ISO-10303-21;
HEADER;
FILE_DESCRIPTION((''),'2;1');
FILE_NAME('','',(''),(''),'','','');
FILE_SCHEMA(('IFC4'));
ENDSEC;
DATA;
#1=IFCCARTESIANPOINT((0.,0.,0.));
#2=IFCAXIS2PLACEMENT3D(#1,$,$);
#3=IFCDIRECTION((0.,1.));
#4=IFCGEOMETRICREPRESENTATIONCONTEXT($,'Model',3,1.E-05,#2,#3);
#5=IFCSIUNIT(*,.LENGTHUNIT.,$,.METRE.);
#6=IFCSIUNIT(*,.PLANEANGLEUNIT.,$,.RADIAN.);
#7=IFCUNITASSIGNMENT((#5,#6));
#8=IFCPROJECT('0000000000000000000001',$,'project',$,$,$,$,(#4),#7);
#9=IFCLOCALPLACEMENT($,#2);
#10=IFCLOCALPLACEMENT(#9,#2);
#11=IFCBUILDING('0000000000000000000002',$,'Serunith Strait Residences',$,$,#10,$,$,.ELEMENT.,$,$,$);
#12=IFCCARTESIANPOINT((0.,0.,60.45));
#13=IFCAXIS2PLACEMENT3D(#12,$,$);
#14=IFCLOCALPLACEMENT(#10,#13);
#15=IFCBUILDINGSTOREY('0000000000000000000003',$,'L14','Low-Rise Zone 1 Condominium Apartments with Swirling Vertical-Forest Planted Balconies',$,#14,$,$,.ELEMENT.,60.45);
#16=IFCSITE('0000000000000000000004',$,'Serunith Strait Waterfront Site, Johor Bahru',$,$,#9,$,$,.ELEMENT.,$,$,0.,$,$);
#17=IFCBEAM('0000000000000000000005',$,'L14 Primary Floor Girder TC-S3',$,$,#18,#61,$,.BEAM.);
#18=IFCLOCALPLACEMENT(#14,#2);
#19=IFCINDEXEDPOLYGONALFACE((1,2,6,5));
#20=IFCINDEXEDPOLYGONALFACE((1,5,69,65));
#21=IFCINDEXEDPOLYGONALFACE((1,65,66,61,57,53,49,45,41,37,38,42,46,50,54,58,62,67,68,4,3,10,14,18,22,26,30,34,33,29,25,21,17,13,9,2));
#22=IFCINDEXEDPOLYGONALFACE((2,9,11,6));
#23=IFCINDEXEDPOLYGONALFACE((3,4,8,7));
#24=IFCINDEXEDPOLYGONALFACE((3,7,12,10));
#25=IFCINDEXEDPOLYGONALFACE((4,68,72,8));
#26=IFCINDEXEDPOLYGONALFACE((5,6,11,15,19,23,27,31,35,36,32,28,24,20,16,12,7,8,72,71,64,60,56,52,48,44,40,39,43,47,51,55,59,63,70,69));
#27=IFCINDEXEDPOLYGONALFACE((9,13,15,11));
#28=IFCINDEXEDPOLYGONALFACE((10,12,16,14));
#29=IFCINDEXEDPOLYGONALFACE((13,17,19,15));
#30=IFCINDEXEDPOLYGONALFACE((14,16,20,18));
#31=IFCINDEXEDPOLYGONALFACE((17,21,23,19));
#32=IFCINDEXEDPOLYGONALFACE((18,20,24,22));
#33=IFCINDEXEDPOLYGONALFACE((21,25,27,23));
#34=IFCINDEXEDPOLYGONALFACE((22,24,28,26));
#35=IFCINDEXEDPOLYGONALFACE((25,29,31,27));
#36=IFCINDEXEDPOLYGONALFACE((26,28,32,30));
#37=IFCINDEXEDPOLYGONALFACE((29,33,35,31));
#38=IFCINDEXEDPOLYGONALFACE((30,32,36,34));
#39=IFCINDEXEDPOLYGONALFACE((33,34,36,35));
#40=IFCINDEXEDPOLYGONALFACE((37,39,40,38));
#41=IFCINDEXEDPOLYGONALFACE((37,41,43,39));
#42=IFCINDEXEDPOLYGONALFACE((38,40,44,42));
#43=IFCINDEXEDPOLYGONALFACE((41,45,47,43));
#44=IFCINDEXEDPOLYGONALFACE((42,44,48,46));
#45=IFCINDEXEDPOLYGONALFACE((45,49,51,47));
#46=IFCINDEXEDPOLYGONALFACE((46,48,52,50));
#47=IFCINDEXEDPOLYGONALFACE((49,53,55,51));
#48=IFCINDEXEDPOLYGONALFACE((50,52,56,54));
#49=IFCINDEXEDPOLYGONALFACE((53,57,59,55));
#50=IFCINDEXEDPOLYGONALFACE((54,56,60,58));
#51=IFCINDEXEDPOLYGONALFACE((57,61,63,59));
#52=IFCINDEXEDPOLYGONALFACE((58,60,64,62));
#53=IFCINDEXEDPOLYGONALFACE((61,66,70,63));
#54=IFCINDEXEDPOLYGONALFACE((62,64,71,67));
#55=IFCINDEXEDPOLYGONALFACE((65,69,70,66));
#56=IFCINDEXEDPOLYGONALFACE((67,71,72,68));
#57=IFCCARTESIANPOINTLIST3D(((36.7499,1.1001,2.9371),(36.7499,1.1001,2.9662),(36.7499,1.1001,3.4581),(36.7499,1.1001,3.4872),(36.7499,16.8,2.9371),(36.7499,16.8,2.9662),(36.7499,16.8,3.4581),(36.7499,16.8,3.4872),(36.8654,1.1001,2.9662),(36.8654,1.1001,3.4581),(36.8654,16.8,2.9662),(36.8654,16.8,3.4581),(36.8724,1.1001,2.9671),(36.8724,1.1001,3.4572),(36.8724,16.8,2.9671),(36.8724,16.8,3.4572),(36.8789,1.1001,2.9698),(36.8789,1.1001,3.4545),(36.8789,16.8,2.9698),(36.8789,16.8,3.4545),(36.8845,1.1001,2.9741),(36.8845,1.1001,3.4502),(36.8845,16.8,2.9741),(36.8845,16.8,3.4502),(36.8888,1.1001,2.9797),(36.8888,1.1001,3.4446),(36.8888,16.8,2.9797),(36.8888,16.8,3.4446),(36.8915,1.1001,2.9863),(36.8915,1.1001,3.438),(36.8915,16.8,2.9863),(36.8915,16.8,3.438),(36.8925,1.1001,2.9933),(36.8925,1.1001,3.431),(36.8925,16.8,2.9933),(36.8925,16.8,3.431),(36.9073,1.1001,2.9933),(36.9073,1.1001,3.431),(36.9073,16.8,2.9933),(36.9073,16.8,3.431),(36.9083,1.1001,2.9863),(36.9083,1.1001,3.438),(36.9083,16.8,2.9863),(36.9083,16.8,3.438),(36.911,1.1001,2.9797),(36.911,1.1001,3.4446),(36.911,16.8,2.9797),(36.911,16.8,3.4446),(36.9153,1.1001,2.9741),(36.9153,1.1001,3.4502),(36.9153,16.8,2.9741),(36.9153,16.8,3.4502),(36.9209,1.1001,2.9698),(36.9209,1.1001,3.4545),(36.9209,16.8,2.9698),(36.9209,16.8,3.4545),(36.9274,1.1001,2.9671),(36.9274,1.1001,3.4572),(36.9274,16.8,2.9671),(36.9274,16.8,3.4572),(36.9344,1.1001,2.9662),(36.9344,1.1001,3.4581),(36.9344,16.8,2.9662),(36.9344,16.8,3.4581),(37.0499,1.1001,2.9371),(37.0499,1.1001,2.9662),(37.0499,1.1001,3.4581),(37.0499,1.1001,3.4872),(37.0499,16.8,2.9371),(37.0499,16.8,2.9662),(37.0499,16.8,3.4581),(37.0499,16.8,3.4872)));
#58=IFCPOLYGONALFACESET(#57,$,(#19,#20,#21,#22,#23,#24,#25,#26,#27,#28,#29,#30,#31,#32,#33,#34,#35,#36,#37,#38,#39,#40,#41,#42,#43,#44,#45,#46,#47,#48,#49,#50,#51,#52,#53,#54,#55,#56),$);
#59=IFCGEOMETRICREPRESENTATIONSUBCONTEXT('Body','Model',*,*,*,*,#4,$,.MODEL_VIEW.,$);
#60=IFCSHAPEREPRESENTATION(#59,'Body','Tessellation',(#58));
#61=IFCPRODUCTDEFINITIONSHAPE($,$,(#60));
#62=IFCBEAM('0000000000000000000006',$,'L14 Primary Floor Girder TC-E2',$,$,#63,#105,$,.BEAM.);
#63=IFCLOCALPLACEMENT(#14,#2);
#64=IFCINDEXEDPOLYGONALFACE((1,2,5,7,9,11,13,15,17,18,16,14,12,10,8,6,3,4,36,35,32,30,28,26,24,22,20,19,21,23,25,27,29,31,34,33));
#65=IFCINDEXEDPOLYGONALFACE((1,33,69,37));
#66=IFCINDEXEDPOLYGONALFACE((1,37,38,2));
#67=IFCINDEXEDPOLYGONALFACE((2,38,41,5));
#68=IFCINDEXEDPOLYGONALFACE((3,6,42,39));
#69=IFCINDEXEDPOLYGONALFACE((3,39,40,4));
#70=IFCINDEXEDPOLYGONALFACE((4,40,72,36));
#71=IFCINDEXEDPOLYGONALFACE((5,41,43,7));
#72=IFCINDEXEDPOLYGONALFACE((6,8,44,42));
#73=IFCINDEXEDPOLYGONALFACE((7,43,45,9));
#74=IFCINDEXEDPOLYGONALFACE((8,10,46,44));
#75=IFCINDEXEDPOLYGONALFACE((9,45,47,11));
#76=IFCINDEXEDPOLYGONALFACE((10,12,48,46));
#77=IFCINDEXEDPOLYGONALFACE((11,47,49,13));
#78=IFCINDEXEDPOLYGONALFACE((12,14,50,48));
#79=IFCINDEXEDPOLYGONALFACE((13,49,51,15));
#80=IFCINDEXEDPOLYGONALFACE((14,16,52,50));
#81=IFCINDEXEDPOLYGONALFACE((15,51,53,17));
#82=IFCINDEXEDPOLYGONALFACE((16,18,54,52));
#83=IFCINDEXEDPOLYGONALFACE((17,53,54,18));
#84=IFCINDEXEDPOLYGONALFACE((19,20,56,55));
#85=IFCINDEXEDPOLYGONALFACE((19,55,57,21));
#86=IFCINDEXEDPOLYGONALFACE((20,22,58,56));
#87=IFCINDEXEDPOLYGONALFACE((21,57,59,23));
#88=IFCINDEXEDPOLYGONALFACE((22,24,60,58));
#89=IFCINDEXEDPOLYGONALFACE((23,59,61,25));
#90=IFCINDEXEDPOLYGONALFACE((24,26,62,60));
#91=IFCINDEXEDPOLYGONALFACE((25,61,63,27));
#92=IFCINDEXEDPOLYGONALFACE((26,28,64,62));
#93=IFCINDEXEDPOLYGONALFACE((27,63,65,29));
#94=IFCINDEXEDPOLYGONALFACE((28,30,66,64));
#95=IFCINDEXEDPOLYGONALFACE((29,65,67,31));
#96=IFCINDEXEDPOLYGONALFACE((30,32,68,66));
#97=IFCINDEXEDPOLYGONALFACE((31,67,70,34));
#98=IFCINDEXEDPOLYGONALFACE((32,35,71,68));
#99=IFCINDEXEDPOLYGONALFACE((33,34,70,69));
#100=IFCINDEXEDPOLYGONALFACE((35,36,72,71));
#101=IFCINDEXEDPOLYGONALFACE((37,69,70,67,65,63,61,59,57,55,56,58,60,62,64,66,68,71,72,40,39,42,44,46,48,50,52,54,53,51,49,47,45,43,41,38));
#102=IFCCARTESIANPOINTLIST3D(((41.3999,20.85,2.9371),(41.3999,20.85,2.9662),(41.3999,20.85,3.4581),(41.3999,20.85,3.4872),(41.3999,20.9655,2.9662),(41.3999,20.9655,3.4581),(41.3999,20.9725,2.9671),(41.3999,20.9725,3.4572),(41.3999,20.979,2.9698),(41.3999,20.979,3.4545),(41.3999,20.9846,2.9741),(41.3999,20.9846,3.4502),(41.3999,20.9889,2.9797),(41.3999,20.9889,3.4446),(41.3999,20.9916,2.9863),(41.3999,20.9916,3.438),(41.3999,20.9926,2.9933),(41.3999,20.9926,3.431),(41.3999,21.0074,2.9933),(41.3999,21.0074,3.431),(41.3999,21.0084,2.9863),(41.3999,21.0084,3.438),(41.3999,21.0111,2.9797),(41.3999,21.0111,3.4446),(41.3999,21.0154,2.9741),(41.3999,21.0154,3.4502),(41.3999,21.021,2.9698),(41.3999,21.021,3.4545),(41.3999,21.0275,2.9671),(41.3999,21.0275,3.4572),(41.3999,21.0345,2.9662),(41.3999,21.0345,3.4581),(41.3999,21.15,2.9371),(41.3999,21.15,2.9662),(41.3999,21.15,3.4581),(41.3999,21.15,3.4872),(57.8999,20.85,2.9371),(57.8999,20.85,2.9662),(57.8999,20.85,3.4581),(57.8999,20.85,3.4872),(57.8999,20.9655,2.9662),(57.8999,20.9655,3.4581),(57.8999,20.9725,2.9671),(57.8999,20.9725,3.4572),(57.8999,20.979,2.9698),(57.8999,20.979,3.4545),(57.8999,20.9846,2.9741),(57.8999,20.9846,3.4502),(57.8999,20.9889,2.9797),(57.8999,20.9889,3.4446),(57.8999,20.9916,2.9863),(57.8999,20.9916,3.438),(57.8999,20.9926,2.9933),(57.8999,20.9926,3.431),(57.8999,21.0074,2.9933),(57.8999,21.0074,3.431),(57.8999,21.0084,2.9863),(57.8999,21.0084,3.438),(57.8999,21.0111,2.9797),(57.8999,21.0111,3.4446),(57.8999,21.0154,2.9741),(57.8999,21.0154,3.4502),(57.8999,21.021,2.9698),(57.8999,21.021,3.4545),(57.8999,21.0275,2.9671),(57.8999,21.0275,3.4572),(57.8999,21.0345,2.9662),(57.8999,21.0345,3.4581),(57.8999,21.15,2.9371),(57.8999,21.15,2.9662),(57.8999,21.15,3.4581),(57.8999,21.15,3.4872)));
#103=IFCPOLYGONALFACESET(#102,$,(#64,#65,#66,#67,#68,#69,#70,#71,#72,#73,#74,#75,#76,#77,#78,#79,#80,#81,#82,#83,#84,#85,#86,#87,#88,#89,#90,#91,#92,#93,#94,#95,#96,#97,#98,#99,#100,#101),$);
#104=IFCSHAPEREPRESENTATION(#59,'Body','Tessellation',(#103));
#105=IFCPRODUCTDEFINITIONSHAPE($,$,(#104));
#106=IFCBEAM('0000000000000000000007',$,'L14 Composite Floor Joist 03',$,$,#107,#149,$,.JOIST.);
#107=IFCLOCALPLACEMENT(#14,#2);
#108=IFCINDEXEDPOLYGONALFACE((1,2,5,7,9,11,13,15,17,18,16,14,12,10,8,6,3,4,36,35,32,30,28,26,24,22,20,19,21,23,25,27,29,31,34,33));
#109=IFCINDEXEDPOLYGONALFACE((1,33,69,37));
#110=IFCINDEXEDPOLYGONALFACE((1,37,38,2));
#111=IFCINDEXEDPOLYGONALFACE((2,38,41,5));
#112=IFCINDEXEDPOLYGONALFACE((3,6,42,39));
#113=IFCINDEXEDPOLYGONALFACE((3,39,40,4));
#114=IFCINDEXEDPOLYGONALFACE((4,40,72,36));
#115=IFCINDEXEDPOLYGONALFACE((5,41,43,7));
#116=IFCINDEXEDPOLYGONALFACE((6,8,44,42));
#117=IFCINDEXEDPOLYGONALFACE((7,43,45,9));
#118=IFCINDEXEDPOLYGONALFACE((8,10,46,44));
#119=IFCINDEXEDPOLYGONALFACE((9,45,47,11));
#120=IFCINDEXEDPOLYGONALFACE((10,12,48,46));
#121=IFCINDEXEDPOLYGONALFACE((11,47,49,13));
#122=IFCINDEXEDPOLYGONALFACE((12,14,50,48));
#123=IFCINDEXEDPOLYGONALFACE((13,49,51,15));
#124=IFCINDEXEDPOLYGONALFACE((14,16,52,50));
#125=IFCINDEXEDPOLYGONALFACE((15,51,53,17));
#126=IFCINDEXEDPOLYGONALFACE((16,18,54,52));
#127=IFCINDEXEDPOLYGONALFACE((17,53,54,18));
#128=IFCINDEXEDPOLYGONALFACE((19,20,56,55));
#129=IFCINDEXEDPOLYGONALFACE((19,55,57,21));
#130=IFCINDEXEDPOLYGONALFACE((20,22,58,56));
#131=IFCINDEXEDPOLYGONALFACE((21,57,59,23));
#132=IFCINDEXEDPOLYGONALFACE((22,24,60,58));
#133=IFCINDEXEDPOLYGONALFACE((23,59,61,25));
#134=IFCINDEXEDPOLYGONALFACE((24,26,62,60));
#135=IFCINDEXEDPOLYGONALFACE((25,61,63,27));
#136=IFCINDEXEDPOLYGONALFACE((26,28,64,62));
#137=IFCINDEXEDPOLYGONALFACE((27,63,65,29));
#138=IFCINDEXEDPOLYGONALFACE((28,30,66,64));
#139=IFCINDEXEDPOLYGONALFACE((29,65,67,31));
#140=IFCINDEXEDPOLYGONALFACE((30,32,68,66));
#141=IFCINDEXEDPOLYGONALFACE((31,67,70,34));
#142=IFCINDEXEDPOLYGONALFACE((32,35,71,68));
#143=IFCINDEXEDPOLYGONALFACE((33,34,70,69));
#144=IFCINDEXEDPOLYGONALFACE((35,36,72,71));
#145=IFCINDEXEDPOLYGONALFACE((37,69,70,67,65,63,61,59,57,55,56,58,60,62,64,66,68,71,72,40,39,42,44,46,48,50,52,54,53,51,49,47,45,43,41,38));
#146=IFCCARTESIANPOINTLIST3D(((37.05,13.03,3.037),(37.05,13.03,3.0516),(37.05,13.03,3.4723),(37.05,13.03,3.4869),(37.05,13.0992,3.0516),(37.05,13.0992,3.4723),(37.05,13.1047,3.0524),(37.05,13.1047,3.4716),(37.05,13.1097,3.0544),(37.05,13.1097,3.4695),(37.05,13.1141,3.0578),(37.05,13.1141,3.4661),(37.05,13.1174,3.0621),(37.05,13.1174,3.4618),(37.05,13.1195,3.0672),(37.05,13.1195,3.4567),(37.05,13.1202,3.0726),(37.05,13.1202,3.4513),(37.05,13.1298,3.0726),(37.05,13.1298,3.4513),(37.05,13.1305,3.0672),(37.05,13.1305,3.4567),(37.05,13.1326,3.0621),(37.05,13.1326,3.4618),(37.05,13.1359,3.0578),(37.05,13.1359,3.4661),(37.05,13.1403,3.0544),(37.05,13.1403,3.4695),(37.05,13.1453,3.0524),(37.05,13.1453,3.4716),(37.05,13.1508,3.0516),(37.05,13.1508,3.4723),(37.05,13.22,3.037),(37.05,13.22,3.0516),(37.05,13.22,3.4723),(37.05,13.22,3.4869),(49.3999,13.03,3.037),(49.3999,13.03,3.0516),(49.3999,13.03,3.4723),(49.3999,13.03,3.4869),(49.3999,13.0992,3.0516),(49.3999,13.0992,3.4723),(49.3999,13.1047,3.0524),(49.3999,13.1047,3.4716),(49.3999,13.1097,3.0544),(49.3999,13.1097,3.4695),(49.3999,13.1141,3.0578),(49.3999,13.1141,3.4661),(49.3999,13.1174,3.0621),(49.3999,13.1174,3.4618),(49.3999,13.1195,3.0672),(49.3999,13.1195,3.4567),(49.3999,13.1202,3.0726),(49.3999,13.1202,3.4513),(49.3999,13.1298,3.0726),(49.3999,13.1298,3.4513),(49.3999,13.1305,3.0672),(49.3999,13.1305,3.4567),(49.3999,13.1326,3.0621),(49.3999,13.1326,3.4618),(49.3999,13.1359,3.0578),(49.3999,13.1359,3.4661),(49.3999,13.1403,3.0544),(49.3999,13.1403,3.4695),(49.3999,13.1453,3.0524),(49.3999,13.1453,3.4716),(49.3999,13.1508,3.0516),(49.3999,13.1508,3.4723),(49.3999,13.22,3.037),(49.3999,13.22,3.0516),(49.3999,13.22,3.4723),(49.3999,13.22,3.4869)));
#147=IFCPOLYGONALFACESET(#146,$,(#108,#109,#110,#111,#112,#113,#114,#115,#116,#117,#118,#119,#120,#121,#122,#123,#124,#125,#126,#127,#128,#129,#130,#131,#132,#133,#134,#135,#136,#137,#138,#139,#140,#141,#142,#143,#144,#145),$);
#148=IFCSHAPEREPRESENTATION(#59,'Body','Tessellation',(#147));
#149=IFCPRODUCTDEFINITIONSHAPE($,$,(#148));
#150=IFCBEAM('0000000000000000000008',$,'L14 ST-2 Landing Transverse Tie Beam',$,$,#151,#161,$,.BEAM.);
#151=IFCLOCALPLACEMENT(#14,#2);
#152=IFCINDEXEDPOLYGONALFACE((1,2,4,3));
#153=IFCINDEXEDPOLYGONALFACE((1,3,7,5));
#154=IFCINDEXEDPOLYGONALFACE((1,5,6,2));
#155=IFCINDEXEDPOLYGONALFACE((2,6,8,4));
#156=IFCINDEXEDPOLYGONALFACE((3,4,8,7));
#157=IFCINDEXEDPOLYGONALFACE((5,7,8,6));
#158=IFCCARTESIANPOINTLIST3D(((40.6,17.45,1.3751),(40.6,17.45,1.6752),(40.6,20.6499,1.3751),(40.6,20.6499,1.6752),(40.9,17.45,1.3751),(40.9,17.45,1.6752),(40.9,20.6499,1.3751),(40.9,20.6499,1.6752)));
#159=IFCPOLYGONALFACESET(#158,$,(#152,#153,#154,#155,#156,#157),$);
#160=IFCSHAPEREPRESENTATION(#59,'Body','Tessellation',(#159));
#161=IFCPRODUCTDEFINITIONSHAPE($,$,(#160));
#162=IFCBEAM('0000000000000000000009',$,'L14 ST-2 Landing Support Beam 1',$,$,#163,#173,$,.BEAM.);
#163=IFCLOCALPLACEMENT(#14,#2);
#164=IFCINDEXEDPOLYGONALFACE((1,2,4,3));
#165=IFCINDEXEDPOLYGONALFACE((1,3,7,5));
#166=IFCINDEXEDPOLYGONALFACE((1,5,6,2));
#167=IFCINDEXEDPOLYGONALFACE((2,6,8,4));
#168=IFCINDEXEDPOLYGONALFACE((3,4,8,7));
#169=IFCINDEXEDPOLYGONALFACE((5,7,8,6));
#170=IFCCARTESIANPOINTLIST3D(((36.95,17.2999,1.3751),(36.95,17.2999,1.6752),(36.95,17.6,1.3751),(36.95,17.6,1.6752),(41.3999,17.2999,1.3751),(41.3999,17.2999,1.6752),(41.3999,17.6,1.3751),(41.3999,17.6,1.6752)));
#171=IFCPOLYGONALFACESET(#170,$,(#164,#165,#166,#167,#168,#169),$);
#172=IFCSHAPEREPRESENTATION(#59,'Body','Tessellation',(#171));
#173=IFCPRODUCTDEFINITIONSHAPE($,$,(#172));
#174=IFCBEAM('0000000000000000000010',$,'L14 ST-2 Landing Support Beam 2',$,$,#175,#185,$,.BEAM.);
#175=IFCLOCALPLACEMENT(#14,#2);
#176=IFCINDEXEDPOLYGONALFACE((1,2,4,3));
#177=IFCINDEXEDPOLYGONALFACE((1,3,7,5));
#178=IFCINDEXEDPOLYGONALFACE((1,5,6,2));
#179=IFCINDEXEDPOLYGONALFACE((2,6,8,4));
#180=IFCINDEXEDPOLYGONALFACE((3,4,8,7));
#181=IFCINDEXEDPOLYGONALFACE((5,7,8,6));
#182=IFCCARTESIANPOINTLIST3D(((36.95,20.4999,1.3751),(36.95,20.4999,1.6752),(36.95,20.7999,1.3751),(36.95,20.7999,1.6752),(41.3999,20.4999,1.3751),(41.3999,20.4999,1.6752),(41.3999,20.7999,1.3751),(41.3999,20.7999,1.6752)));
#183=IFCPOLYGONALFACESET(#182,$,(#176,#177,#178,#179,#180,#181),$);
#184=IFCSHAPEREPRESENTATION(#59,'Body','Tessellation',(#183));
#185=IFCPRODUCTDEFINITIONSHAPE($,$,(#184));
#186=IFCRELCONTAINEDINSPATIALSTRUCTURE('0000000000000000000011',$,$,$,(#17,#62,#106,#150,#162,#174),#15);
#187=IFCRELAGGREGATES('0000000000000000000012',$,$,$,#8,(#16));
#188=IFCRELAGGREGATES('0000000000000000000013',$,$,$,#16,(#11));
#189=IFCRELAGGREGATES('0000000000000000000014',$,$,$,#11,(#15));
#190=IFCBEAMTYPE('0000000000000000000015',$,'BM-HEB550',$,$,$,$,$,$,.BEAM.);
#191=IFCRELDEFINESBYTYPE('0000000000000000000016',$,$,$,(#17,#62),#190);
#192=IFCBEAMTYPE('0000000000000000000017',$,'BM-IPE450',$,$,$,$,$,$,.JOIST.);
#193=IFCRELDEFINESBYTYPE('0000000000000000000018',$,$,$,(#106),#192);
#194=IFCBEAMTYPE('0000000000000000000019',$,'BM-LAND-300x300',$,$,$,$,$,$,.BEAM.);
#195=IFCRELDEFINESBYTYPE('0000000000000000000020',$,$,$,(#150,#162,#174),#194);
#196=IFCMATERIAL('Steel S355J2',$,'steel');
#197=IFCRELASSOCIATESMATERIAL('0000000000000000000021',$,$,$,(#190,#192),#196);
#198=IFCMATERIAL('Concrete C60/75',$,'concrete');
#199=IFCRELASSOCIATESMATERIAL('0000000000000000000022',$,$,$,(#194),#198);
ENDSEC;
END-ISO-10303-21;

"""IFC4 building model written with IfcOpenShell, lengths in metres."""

from ifc_helpers import new_model, si_unit, direction, frame, origin, origin_2d, place, context, subcontext, project, spatial, rectangle, i_section, extrude, source, transform, mapped, material, material_profile, profile_set, type_object, element, save


model = new_model("IFC4")

# Units and contexts
model_context = context("Model", 3, precision=1e-05, world=origin(), true_north=direction((0.0, 1.0)))
body_context = subcontext(model_context, "Body", "Model", "MODEL_VIEW")
ifc_project = project(units=[si_unit("LENGTHUNIT", "METRE"), si_unit("PLANEANGLEUNIT", "RADIAN")], contexts=[model_context])

# Site, building, storey
site_placement = place(None, origin())
site = spatial("IfcSite", under=ifc_project, at=site_placement, Name="Serunith Strait Waterfront Site, Johor Bahru", CompositionType="ELEMENT", RefElevation=0.0)
building_placement = place(site_placement, origin())
building = spatial("IfcBuilding", under=site, at=building_placement, Name="Serunith Strait Residences", CompositionType="ELEMENT")
storey_placement = place(building_placement, frame((0.0, 0.0, 60.45)))
storey = spatial("IfcBuildingStorey", under=building, at=storey_placement, Name="L14", Description="Low-Rise Zone 1 Condominium Apartments with Swirling Vertical-Forest Planted Balconies", CompositionType="ELEMENT", Elevation=60.45)

# Beams
ifc_material_1 = material(Name="Steel S355J2", Category="steel")
ifc_material_profile_1 = material_profile(ifc_material_1, i_section(OverallWidth=0.3, OverallDepth=0.55, WebThickness=0.0149, FlangeThickness=0.0291, FilletRadius=0.0271, at=origin_2d()), Name="HEB 550")
ifc_profile_set_1 = profile_set([ifc_material_profile_1], Name="Steel S355J2")
beam_type_1 = type_object("IfcBeamType", Name="BM-HEB550", PredefinedType="BEAM", material=ifc_profile_set_1)
shared_shape_1 = source(origin(), body_context, "Body", "SweptSolid", [
    extrude(i_section(OverallWidth=0.3, OverallDepth=0.55, WebThickness=0.0149, FlangeThickness=0.0291, FilletRadius=0.0271, at=origin_2d()), origin(), (0.0, 0.0, 1.0), 15.7),
])
beam_1_placement = place(storey_placement, frame((36.8999, 16.8, 3.2122), z_axis=(0.0, -1.0, 0.0), x_axis=(1.0, 0.0, 0.0)))
element("IfcBeam", 1, at=beam_1_placement, inside=storey, type_object=beam_type_1, Name="L14 Primary Floor Girder TC-S3", PredefinedType="BEAM", context=body_context, shape_type="MappedRepresentation", body=[
    mapped(shared_shape_1, transform((0.0, 0.0, 0.0), scale=1.0)),
])
shared_shape_2 = source(origin(), body_context, "Body", "SweptSolid", [
    extrude(i_section(OverallWidth=0.3, OverallDepth=0.55, WebThickness=0.0149, FlangeThickness=0.0291, FilletRadius=0.0271, at=origin_2d()), origin(), (0.0, 0.0, 1.0), 16.5),
])
beam_2_placement = place(storey_placement, frame((41.3999, 21.0, 3.2122), z_axis=(1.0, 0.0, 0.0), x_axis=(0.0, 1.0, 0.0)))
element("IfcBeam", 2, at=beam_2_placement, inside=storey, type_object=beam_type_1, Name="L14 Primary Floor Girder TC-E2", PredefinedType="BEAM", context=body_context, shape_type="MappedRepresentation", body=[
    mapped(shared_shape_2, transform((0.0, 0.0, 0.0), scale=1.0)),
])
ifc_material_profile_2 = material_profile(ifc_material_1, i_section(OverallWidth=0.1899, OverallDepth=0.45, WebThickness=0.0095, FlangeThickness=0.0146, FilletRadius=0.021, at=origin_2d()), Name="IPE 450")
ifc_profile_set_2 = profile_set([ifc_material_profile_2], Name="Steel S355J2")
beam_type_2 = type_object("IfcBeamType", Name="BM-IPE450", PredefinedType="JOIST", material=ifc_profile_set_2)
shared_shape_3 = source(origin(), body_context, "Body", "SweptSolid", [
    extrude(i_section(OverallWidth=0.1899, OverallDepth=0.45, WebThickness=0.0095, FlangeThickness=0.0146, FilletRadius=0.021, at=origin_2d()), origin(), (0.0, 0.0, 1.0), 12.3499),
])
beam_3_placement = place(storey_placement, frame((37.05, 13.125, 3.262), z_axis=(1.0, 0.0, 0.0), x_axis=(0.0, 1.0, 0.0)))
element("IfcBeam", 3, at=beam_3_placement, inside=storey, type_object=beam_type_2, Name="L14 Composite Floor Joist 03", PredefinedType="JOIST", context=body_context, shape_type="MappedRepresentation", body=[
    mapped(shared_shape_3, transform((0.0, 0.0, 0.0), scale=1.0)),
])
ifc_material_2 = material(Name="Concrete C60/75", Category="concrete")
ifc_material_profile_3 = material_profile(ifc_material_2, rectangle(XDim=0.3, YDim=0.3, at=origin_2d()), Name="RC 300x300")
ifc_profile_set_3 = profile_set([ifc_material_profile_3], Name="Concrete C60/75")
beam_type_3 = type_object("IfcBeamType", Name="BM-LAND-300x300", PredefinedType="BEAM", material=ifc_profile_set_3)
shared_shape_4 = source(origin(), body_context, "Body", "SweptSolid", [
    extrude(rectangle(XDim=0.3, YDim=0.3, at=origin_2d()), origin(), (0.0, 0.0, 1.0), 3.2),
])
beam_4_placement = place(storey_placement, frame((40.75, 17.45, 1.5251), z_axis=(0.0, 1.0, 0.0), x_axis=(-1.0, 0.0, 0.0)))
element("IfcBeam", 4, at=beam_4_placement, inside=storey, type_object=beam_type_3, Name="L14 ST-2 Landing Transverse Tie Beam", PredefinedType="BEAM", context=body_context, shape_type="MappedRepresentation", body=[
    mapped(shared_shape_4, transform((0.0, 0.0, 0.0), scale=1.0)),
])
shared_shape_5 = source(origin(), body_context, "Body", "SweptSolid", [
    extrude(rectangle(XDim=0.3, YDim=0.3, at=origin_2d()), origin(), (0.0, 0.0, 1.0), 4.45),
])
for number, where, z_axis, x_axis, name in (
    (5, (36.95, 17.45, 1.5251), (1.0, 0.0, 0.0), (0.0, 1.0, 0.0), "L14 ST-2 Landing Support Beam 1"),
    (6, (36.95, 20.6499, 1.5251), (1.0, 0.0, 0.0), (0.0, 1.0, 0.0), "L14 ST-2 Landing Support Beam 2"),
):
    element("IfcBeam", number, at=place(storey_placement, frame(where, z_axis=z_axis, x_axis=x_axis)), inside=storey, type_object=beam_type_3, Name=name, PredefinedType="BEAM", context=body_context, shape_type="MappedRepresentation", body=[
        mapped(shared_shape_5, transform((0.0, 0.0, 0.0), scale=1.0)),
    ])

save(model, "model.ifc")
